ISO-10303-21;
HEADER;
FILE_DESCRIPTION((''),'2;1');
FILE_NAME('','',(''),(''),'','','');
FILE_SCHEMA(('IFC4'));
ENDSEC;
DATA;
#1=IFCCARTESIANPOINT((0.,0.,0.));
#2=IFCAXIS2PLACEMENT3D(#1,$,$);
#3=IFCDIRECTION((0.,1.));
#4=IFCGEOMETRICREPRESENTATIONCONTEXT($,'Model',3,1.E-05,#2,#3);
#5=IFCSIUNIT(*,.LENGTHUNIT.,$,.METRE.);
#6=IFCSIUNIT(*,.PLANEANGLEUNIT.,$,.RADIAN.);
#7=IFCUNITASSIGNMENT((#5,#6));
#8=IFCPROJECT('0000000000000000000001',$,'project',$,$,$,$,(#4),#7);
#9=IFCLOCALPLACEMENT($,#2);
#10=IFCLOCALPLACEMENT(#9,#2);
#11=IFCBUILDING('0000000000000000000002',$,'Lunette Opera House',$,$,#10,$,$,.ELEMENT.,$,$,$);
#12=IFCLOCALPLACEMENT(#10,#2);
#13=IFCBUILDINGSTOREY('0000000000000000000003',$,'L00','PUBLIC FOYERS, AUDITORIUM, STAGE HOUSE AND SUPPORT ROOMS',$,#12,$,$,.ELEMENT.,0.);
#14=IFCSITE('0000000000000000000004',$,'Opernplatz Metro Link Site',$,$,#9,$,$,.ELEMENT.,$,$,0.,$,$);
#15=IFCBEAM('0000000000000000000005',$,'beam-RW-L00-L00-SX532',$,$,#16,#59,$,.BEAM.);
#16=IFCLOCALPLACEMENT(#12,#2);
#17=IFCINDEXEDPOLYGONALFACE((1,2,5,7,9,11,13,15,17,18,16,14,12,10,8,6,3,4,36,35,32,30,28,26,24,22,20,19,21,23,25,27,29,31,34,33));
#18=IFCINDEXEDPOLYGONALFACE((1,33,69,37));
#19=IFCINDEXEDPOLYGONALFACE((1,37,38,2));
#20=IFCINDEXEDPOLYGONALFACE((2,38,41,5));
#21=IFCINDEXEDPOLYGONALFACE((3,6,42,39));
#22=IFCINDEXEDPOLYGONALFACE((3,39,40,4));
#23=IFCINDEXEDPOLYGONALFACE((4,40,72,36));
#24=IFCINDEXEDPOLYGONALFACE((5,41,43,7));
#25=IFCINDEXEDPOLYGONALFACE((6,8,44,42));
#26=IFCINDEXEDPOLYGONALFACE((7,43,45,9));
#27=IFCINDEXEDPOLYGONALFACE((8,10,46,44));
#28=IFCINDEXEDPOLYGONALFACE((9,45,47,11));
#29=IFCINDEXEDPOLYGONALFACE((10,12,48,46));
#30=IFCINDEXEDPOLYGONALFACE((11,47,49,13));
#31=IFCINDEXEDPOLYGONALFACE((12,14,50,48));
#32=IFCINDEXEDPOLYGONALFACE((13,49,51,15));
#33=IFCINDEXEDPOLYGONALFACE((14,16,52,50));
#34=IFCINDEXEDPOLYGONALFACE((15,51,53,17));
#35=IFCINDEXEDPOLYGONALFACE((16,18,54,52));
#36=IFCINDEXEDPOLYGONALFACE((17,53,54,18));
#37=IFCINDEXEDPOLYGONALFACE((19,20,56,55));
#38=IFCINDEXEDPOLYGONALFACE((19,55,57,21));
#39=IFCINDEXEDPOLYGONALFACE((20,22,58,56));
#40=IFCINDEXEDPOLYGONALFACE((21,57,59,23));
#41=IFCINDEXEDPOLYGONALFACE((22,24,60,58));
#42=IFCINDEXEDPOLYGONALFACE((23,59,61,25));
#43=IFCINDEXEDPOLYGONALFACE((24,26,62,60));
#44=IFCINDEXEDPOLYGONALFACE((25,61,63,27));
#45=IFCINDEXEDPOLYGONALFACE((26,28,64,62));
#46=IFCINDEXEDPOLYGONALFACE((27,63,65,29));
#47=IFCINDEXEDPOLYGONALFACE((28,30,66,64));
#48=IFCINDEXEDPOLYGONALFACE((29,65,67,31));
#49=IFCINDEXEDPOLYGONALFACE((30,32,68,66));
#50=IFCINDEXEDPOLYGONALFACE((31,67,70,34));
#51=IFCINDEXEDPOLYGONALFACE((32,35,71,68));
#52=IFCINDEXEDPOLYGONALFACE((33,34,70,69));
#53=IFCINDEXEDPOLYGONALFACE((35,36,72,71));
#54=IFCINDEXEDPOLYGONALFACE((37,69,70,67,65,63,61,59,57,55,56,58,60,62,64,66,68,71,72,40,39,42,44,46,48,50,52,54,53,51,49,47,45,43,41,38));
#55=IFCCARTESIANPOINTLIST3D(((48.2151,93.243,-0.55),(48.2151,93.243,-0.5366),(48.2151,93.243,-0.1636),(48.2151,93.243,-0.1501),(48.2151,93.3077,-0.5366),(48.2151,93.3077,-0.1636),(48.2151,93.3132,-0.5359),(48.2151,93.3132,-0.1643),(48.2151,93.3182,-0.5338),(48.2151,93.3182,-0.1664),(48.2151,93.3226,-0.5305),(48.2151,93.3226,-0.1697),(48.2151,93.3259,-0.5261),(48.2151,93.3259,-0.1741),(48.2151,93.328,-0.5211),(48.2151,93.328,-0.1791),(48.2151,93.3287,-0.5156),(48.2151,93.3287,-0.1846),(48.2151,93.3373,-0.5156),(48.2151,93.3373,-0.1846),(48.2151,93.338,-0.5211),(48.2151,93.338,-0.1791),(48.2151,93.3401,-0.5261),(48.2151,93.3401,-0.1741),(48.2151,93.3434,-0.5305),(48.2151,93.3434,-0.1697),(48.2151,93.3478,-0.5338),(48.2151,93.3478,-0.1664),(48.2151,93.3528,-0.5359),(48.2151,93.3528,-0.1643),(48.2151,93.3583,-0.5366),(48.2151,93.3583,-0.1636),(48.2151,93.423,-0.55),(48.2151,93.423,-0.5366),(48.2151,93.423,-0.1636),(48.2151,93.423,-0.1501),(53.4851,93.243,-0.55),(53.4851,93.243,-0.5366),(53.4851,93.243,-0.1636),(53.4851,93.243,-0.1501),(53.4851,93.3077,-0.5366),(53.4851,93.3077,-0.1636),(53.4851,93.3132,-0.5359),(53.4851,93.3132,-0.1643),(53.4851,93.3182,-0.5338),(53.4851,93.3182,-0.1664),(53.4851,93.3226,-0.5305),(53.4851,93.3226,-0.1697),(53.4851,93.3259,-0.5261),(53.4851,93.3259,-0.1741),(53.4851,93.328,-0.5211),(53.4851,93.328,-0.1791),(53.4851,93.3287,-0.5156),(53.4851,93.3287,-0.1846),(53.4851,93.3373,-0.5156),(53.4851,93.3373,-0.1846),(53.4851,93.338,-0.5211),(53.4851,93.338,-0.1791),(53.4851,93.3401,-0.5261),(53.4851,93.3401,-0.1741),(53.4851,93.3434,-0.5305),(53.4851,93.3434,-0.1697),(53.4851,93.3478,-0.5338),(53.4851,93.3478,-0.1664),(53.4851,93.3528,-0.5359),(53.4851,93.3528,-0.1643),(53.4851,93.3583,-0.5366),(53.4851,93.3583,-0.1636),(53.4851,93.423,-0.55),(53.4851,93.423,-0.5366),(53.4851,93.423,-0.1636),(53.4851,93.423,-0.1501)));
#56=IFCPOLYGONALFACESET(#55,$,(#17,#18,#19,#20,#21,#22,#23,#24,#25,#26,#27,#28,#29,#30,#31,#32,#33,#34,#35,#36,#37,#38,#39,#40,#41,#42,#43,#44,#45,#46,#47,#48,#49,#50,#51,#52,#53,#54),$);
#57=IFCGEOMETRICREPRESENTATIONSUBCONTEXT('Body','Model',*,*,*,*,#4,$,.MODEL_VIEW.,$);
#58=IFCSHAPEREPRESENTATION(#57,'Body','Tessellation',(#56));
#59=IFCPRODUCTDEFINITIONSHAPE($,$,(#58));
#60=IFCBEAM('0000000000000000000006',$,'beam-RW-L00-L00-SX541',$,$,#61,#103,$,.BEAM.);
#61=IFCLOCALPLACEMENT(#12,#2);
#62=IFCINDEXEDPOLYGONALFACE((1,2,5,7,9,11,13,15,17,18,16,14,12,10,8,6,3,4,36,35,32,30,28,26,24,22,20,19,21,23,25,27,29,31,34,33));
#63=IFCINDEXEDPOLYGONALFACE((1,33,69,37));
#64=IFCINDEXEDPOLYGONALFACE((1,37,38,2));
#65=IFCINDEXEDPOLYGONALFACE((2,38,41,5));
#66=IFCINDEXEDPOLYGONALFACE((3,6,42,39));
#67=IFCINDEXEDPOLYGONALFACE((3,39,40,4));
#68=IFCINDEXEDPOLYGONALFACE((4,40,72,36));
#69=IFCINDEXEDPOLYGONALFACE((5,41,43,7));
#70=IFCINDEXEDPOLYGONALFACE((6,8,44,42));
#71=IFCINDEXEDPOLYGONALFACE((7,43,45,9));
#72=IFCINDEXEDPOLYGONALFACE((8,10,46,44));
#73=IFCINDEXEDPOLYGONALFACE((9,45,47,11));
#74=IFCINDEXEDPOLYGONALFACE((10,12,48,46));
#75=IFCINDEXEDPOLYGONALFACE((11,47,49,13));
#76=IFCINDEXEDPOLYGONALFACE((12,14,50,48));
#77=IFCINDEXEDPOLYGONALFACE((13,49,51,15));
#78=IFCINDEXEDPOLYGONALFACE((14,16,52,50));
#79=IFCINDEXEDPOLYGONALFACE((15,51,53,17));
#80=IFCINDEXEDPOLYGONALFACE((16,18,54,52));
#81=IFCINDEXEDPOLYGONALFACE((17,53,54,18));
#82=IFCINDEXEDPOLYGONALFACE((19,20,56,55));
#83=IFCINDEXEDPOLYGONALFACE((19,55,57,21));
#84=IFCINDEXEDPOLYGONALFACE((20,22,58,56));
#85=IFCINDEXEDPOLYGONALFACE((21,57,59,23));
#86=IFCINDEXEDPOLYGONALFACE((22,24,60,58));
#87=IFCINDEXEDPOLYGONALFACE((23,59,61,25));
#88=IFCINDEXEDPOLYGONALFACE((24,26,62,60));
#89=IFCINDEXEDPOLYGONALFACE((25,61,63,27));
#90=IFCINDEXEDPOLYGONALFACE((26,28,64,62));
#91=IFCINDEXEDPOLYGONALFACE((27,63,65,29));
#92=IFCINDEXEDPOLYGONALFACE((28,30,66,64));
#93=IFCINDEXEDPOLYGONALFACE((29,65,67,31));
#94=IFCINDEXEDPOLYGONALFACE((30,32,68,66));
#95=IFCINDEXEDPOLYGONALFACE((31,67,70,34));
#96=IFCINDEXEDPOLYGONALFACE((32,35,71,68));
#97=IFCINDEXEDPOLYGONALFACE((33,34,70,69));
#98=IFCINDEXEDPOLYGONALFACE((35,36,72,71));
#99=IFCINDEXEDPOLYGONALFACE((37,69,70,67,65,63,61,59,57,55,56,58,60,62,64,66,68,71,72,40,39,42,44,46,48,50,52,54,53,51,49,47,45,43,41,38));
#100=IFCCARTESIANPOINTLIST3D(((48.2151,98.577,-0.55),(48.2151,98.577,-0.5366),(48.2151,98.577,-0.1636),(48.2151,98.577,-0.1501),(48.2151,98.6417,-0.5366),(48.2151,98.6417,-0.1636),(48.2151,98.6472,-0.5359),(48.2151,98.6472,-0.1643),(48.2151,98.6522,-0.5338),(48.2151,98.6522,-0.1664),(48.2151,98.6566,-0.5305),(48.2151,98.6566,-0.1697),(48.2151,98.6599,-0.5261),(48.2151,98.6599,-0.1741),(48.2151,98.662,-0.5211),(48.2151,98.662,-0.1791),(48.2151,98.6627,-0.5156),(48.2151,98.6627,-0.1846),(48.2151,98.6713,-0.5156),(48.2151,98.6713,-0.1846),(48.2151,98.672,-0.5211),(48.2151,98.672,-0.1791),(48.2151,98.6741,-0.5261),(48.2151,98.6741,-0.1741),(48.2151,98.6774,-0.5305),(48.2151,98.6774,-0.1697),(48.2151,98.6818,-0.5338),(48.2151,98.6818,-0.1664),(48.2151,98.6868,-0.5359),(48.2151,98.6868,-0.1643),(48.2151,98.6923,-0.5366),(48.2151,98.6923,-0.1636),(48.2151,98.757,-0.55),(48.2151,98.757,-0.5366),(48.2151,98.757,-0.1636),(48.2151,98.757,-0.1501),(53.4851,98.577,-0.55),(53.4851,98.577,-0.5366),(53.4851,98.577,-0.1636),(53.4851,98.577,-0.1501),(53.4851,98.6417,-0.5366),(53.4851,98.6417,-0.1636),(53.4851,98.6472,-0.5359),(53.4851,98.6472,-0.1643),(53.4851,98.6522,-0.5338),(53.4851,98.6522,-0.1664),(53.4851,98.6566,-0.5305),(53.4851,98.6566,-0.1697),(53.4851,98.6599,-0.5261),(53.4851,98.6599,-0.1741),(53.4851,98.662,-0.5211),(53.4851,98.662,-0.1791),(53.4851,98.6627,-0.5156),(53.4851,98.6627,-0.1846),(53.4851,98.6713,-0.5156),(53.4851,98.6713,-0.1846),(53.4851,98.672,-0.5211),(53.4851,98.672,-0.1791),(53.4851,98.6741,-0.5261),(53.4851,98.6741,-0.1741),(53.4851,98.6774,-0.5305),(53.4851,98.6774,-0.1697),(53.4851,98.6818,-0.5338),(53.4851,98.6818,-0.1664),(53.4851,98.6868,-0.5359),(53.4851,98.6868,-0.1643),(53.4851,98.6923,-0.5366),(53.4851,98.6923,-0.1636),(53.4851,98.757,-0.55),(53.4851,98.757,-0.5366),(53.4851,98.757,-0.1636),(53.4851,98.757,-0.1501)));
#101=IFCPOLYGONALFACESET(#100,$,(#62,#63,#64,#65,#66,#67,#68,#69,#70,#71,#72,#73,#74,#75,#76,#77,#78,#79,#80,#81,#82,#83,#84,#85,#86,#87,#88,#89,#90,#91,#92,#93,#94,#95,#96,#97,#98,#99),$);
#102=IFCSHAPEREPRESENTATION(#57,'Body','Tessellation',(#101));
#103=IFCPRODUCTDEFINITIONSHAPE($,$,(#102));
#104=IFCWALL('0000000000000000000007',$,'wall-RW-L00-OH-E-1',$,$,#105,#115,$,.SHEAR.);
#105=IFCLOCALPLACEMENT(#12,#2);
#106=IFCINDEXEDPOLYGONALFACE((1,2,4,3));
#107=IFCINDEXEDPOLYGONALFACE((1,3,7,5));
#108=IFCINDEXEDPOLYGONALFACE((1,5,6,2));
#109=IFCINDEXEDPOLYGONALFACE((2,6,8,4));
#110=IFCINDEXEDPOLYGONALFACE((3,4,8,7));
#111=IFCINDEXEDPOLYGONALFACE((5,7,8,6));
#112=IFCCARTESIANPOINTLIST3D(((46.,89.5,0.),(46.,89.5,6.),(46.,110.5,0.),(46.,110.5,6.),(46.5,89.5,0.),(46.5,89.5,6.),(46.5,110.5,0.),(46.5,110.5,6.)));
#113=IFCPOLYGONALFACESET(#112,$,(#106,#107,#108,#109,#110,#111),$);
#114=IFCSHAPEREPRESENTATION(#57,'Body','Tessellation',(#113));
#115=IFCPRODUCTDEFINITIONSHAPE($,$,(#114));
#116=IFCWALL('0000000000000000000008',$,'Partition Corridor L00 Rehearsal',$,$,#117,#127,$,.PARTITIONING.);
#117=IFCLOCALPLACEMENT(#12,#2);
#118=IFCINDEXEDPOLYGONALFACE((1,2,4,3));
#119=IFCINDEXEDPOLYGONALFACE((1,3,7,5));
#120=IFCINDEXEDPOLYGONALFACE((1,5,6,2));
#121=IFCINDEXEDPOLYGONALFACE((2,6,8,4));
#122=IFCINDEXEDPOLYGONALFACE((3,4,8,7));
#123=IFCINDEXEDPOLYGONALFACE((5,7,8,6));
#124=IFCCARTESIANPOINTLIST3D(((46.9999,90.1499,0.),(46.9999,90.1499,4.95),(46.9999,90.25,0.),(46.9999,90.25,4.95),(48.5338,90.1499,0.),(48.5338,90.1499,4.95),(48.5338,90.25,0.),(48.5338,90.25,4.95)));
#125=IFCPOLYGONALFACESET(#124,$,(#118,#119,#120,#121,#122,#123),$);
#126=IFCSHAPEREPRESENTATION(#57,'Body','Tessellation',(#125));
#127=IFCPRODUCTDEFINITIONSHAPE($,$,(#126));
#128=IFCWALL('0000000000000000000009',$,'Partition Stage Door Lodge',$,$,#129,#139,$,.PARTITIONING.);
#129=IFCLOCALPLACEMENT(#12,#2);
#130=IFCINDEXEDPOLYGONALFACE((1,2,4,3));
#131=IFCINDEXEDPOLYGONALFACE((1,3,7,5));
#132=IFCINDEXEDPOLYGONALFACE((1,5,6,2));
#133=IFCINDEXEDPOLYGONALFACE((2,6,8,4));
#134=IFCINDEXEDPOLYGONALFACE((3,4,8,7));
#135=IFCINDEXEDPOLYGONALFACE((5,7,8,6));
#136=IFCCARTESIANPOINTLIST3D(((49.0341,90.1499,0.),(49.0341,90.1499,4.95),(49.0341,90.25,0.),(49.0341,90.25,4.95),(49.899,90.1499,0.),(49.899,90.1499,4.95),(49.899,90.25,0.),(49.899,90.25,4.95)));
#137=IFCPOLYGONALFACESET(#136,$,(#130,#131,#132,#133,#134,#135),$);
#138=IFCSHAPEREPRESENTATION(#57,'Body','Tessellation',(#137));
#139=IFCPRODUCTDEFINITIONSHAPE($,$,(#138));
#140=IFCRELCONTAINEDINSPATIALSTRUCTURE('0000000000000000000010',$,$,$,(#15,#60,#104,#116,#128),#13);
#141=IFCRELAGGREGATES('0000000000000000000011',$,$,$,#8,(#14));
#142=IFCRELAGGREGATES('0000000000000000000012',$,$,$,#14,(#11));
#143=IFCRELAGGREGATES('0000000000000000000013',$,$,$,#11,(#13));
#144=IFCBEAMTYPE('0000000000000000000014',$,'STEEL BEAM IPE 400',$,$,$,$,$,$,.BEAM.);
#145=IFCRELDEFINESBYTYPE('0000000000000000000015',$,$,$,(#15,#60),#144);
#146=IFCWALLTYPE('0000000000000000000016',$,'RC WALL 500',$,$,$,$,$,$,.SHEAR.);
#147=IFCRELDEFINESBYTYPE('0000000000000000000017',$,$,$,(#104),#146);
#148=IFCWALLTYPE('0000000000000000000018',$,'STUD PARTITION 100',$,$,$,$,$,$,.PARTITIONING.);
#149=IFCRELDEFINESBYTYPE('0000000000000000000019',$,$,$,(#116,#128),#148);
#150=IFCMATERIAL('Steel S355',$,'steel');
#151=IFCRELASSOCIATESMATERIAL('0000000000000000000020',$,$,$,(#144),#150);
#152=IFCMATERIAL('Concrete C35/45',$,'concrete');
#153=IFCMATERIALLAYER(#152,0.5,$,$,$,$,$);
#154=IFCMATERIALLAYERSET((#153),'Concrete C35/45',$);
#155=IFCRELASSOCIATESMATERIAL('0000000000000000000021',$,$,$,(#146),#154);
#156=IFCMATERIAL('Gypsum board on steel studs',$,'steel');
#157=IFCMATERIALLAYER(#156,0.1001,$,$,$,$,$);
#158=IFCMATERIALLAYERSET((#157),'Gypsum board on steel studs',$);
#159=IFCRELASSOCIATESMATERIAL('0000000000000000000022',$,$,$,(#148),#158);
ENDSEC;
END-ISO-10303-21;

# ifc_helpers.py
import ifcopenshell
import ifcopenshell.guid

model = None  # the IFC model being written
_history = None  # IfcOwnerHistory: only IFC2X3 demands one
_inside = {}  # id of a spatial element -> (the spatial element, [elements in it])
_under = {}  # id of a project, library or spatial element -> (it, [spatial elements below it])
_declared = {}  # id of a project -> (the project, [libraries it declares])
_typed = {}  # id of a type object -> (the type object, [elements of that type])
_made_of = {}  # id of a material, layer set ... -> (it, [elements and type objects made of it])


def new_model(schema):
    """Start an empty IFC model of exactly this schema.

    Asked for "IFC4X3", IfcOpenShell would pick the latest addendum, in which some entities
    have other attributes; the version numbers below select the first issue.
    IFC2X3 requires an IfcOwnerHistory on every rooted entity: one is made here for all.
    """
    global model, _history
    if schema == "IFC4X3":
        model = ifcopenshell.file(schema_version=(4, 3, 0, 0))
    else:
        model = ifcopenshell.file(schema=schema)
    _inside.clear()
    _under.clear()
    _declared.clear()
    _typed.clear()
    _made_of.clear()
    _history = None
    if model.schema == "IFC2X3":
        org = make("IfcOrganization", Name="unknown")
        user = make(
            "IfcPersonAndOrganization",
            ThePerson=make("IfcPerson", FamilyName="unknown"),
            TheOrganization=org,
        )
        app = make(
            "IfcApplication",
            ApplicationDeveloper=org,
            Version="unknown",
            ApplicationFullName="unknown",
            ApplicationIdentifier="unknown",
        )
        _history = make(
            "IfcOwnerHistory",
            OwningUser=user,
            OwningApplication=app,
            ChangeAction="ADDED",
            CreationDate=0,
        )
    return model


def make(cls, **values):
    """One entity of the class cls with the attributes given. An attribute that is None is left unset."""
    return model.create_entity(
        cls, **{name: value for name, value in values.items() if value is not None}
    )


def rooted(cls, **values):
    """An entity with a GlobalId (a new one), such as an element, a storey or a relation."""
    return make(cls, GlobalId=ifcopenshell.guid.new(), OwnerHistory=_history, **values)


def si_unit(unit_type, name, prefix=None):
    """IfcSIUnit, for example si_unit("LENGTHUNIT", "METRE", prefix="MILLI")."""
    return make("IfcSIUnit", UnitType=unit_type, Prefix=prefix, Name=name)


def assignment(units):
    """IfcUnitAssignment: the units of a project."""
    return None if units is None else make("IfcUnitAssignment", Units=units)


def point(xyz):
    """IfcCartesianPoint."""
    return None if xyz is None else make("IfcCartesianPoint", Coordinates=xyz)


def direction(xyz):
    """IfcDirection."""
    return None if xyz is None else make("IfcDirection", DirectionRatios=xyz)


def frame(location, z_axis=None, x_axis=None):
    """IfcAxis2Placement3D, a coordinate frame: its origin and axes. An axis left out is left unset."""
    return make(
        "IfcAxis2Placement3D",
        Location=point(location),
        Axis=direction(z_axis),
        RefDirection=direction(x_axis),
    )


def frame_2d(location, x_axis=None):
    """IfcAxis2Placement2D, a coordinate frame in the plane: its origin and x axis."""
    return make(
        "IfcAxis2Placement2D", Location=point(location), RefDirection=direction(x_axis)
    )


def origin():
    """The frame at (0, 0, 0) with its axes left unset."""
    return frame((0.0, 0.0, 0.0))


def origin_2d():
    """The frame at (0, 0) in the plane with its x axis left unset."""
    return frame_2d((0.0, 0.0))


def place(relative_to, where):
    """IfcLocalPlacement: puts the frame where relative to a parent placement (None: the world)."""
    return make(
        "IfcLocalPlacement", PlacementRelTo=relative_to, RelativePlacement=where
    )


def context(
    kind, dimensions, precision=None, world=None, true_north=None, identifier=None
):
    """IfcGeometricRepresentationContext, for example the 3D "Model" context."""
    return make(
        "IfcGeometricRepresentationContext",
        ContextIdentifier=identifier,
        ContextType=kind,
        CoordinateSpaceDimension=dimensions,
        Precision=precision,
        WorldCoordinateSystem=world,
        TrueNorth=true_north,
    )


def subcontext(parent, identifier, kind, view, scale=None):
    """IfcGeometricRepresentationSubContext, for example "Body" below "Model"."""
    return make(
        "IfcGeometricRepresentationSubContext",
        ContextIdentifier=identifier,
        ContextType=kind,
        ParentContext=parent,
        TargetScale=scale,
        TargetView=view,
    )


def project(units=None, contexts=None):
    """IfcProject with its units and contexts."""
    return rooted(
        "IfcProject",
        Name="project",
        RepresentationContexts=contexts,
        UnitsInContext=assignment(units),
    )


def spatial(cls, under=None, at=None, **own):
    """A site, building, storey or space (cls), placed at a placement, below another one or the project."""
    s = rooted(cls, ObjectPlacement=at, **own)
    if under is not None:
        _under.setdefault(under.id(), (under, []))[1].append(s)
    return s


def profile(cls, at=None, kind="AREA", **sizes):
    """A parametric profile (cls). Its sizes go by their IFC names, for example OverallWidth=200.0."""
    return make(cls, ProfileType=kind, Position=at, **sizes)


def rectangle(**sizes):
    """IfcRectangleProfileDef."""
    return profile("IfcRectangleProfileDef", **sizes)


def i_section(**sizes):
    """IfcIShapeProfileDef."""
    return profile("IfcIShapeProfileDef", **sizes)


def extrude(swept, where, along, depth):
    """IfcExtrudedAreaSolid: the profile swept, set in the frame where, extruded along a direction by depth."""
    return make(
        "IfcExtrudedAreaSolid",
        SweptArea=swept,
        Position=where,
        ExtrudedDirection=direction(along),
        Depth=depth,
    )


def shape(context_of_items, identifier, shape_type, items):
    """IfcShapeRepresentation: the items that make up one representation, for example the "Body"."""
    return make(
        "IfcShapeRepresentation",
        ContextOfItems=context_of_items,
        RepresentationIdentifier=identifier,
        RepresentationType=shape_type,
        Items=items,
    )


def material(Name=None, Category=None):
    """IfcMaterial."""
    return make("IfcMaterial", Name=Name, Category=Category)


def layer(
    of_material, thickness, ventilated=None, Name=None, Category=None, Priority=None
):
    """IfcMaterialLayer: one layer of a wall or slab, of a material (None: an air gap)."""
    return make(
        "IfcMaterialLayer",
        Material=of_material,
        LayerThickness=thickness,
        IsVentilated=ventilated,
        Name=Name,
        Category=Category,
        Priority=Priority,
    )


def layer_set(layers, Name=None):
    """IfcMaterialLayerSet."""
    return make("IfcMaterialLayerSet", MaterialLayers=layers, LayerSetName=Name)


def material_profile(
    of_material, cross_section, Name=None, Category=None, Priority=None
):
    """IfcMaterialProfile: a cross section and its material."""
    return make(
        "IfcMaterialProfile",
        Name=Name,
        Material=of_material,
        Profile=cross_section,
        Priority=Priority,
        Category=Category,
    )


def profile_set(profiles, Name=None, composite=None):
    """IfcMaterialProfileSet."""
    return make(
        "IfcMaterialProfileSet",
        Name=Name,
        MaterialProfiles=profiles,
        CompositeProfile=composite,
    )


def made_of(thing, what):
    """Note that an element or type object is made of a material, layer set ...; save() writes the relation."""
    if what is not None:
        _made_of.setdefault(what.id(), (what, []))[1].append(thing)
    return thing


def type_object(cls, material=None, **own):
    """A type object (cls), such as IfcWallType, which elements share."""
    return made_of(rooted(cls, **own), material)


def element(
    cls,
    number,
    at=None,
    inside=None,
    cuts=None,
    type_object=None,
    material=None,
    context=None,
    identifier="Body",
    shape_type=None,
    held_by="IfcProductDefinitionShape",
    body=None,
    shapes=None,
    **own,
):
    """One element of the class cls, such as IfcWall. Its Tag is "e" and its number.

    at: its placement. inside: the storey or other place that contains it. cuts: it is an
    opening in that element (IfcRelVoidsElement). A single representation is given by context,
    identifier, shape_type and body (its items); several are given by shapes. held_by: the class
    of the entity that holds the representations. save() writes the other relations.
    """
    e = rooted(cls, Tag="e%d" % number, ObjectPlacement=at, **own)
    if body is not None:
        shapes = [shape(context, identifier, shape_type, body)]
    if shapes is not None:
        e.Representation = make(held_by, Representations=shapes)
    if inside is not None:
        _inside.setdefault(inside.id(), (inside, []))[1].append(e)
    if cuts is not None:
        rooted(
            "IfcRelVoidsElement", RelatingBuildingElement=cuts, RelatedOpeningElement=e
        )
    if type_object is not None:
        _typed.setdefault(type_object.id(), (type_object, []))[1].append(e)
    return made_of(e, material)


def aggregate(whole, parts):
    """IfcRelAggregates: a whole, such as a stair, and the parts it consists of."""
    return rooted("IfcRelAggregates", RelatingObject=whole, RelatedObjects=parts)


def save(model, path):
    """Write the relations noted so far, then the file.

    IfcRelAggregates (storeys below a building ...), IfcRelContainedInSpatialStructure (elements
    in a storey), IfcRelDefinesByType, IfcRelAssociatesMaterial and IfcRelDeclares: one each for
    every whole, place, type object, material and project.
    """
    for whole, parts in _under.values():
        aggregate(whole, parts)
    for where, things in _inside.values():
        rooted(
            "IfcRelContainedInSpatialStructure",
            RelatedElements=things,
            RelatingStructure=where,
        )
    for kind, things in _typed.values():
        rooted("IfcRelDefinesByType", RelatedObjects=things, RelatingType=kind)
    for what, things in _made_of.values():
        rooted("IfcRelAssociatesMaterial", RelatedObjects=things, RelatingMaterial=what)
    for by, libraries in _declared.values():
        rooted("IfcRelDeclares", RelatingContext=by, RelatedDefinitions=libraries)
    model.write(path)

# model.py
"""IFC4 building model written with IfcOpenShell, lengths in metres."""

from ifc_helpers import new_model, si_unit, direction, frame, frame_2d, origin, origin_2d, place, context, subcontext, project, spatial, rectangle, i_section, extrude, material, layer, layer_set, material_profile, profile_set, type_object, element, save


model = new_model("IFC4")

# Units and contexts
model_context = context("Model", 3, precision=1e-05, world=origin(), true_north=direction((0.0, 1.0)))
body_context = subcontext(model_context, "Body", "Model", "MODEL_VIEW")
ifc_project = project(units=[si_unit("LENGTHUNIT", "METRE"), si_unit("PLANEANGLEUNIT", "RADIAN")], contexts=[model_context])

# Site, building, storey
site_placement = place(None, origin())
site = spatial("IfcSite", under=ifc_project, at=site_placement, Name="Opernplatz Metro Link Site", CompositionType="ELEMENT", RefElevation=0.0)
building_placement = place(site_placement, origin())
building = spatial("IfcBuilding", under=site, at=building_placement, Name="Lunette Opera House", CompositionType="ELEMENT")
storey_placement = place(building_placement, origin())
storey = spatial("IfcBuildingStorey", under=building, at=storey_placement, Name="L00", Description="PUBLIC FOYERS, AUDITORIUM, STAGE HOUSE AND SUPPORT ROOMS", CompositionType="ELEMENT", Elevation=0.0)

# Beams
ifc_material_1 = material(Name="Steel S355", Category="steel")
ifc_material_profile_1 = material_profile(ifc_material_1, i_section(OverallWidth=0.1799, OverallDepth=0.3999, WebThickness=0.0085, FlangeThickness=0.0134, FilletRadius=0.021, at=origin_2d()), Name="IPE 400")
ifc_profile_set_1 = profile_set([ifc_material_profile_1], Name="Steel S355")
beam_type_1 = type_object("IfcBeamType", Name="STEEL BEAM IPE 400", PredefinedType="BEAM", material=ifc_profile_set_1)
for number, where, z_axis, x_axis, name in (
    (1, (48.2151, 93.333, -0.3501), (1.0, 0.0, 0.0), (0.0, 1.0, 0.0), "beam-RW-L00-L00-SX532"),
    (2, (48.2151, 98.667, -0.3501), (1.0, 0.0, 0.0), (0.0, 1.0, 0.0), "beam-RW-L00-L00-SX541"),
):
    element("IfcBeam", number, at=place(storey_placement, frame(where, z_axis=z_axis, x_axis=x_axis)), inside=storey, type_object=beam_type_1, Name=name, PredefinedType="BEAM", context=body_context, shape_type="SweptSolid", body=[
        extrude(i_section(OverallWidth=0.1799, OverallDepth=0.3999, WebThickness=0.0085, FlangeThickness=0.0134, FilletRadius=0.021, at=origin_2d()), origin(), (0.0, 0.0, 1.0), 5.27),
    ])

# Walls
ifc_material_2 = material(Name="Concrete C35/45", Category="concrete")
ifc_layer_1 = layer(ifc_material_2, 0.5)
ifc_layer_set_1 = layer_set([ifc_layer_1], Name="Concrete C35/45")
wall_type_1 = type_object("IfcWallType", Name="RC WALL 500", PredefinedType="SHEAR", material=ifc_layer_set_1)
wall_1_placement = place(storey_placement, frame((46.25, 89.5, 0.0), z_axis=(0.0, 0.0, 1.0), x_axis=(0.0, 1.0, 0.0)))
element("IfcWall", 3, at=wall_1_placement, inside=storey, type_object=wall_type_1, Name="wall-RW-L00-OH-E-1", PredefinedType="SHEAR", context=body_context, shape_type="SweptSolid", body=[
    extrude(rectangle(XDim=21.0, YDim=0.5, at=frame_2d((10.5, 0.0))), origin(), (0.0, 0.0, 1.0), 6.0),
])
ifc_material_3 = material(Name="Gypsum board on steel studs", Category="steel")
ifc_layer_2 = layer(ifc_material_3, 0.1001)
ifc_layer_set_2 = layer_set([ifc_layer_2], Name="Gypsum board on steel studs")
wall_type_2 = type_object("IfcWallType", Name="STUD PARTITION 100", PredefinedType="PARTITIONING", material=ifc_layer_set_2)
wall_2_placement = place(storey_placement, frame((48.5339, 90.2, 0.0), z_axis=(0.0, 0.0, 1.0), x_axis=(-1.0, 0.0, 0.0)))
element("IfcWall", 4, at=wall_2_placement, inside=storey, type_object=wall_type_2, Name="Partition Corridor L00 Rehearsal", PredefinedType="PARTITIONING", context=body_context, shape_type="SweptSolid", body=[
    extrude(rectangle(XDim=1.5339, YDim=0.1001, at=frame_2d((0.7671, 0.0))), origin(), (0.0, 0.0, 1.0), 4.95),
])
wall_3_placement = place(storey_placement, frame((49.0339, 90.2, 0.0), z_axis=(0.0, 0.0, 1.0), x_axis=(1.0, 0.0, 0.0)))
element("IfcWall", 5, at=wall_3_placement, inside=storey, type_object=wall_type_2, Name="Partition Stage Door Lodge", PredefinedType="PARTITIONING", context=body_context, shape_type="SweptSolid", body=[
    extrude(rectangle(XDim=0.865, YDim=0.1001, at=frame_2d((0.4326, 0.0))), origin(), (0.0, 0.0, 1.0), 4.95),
])

save(model, "model.ifc")
